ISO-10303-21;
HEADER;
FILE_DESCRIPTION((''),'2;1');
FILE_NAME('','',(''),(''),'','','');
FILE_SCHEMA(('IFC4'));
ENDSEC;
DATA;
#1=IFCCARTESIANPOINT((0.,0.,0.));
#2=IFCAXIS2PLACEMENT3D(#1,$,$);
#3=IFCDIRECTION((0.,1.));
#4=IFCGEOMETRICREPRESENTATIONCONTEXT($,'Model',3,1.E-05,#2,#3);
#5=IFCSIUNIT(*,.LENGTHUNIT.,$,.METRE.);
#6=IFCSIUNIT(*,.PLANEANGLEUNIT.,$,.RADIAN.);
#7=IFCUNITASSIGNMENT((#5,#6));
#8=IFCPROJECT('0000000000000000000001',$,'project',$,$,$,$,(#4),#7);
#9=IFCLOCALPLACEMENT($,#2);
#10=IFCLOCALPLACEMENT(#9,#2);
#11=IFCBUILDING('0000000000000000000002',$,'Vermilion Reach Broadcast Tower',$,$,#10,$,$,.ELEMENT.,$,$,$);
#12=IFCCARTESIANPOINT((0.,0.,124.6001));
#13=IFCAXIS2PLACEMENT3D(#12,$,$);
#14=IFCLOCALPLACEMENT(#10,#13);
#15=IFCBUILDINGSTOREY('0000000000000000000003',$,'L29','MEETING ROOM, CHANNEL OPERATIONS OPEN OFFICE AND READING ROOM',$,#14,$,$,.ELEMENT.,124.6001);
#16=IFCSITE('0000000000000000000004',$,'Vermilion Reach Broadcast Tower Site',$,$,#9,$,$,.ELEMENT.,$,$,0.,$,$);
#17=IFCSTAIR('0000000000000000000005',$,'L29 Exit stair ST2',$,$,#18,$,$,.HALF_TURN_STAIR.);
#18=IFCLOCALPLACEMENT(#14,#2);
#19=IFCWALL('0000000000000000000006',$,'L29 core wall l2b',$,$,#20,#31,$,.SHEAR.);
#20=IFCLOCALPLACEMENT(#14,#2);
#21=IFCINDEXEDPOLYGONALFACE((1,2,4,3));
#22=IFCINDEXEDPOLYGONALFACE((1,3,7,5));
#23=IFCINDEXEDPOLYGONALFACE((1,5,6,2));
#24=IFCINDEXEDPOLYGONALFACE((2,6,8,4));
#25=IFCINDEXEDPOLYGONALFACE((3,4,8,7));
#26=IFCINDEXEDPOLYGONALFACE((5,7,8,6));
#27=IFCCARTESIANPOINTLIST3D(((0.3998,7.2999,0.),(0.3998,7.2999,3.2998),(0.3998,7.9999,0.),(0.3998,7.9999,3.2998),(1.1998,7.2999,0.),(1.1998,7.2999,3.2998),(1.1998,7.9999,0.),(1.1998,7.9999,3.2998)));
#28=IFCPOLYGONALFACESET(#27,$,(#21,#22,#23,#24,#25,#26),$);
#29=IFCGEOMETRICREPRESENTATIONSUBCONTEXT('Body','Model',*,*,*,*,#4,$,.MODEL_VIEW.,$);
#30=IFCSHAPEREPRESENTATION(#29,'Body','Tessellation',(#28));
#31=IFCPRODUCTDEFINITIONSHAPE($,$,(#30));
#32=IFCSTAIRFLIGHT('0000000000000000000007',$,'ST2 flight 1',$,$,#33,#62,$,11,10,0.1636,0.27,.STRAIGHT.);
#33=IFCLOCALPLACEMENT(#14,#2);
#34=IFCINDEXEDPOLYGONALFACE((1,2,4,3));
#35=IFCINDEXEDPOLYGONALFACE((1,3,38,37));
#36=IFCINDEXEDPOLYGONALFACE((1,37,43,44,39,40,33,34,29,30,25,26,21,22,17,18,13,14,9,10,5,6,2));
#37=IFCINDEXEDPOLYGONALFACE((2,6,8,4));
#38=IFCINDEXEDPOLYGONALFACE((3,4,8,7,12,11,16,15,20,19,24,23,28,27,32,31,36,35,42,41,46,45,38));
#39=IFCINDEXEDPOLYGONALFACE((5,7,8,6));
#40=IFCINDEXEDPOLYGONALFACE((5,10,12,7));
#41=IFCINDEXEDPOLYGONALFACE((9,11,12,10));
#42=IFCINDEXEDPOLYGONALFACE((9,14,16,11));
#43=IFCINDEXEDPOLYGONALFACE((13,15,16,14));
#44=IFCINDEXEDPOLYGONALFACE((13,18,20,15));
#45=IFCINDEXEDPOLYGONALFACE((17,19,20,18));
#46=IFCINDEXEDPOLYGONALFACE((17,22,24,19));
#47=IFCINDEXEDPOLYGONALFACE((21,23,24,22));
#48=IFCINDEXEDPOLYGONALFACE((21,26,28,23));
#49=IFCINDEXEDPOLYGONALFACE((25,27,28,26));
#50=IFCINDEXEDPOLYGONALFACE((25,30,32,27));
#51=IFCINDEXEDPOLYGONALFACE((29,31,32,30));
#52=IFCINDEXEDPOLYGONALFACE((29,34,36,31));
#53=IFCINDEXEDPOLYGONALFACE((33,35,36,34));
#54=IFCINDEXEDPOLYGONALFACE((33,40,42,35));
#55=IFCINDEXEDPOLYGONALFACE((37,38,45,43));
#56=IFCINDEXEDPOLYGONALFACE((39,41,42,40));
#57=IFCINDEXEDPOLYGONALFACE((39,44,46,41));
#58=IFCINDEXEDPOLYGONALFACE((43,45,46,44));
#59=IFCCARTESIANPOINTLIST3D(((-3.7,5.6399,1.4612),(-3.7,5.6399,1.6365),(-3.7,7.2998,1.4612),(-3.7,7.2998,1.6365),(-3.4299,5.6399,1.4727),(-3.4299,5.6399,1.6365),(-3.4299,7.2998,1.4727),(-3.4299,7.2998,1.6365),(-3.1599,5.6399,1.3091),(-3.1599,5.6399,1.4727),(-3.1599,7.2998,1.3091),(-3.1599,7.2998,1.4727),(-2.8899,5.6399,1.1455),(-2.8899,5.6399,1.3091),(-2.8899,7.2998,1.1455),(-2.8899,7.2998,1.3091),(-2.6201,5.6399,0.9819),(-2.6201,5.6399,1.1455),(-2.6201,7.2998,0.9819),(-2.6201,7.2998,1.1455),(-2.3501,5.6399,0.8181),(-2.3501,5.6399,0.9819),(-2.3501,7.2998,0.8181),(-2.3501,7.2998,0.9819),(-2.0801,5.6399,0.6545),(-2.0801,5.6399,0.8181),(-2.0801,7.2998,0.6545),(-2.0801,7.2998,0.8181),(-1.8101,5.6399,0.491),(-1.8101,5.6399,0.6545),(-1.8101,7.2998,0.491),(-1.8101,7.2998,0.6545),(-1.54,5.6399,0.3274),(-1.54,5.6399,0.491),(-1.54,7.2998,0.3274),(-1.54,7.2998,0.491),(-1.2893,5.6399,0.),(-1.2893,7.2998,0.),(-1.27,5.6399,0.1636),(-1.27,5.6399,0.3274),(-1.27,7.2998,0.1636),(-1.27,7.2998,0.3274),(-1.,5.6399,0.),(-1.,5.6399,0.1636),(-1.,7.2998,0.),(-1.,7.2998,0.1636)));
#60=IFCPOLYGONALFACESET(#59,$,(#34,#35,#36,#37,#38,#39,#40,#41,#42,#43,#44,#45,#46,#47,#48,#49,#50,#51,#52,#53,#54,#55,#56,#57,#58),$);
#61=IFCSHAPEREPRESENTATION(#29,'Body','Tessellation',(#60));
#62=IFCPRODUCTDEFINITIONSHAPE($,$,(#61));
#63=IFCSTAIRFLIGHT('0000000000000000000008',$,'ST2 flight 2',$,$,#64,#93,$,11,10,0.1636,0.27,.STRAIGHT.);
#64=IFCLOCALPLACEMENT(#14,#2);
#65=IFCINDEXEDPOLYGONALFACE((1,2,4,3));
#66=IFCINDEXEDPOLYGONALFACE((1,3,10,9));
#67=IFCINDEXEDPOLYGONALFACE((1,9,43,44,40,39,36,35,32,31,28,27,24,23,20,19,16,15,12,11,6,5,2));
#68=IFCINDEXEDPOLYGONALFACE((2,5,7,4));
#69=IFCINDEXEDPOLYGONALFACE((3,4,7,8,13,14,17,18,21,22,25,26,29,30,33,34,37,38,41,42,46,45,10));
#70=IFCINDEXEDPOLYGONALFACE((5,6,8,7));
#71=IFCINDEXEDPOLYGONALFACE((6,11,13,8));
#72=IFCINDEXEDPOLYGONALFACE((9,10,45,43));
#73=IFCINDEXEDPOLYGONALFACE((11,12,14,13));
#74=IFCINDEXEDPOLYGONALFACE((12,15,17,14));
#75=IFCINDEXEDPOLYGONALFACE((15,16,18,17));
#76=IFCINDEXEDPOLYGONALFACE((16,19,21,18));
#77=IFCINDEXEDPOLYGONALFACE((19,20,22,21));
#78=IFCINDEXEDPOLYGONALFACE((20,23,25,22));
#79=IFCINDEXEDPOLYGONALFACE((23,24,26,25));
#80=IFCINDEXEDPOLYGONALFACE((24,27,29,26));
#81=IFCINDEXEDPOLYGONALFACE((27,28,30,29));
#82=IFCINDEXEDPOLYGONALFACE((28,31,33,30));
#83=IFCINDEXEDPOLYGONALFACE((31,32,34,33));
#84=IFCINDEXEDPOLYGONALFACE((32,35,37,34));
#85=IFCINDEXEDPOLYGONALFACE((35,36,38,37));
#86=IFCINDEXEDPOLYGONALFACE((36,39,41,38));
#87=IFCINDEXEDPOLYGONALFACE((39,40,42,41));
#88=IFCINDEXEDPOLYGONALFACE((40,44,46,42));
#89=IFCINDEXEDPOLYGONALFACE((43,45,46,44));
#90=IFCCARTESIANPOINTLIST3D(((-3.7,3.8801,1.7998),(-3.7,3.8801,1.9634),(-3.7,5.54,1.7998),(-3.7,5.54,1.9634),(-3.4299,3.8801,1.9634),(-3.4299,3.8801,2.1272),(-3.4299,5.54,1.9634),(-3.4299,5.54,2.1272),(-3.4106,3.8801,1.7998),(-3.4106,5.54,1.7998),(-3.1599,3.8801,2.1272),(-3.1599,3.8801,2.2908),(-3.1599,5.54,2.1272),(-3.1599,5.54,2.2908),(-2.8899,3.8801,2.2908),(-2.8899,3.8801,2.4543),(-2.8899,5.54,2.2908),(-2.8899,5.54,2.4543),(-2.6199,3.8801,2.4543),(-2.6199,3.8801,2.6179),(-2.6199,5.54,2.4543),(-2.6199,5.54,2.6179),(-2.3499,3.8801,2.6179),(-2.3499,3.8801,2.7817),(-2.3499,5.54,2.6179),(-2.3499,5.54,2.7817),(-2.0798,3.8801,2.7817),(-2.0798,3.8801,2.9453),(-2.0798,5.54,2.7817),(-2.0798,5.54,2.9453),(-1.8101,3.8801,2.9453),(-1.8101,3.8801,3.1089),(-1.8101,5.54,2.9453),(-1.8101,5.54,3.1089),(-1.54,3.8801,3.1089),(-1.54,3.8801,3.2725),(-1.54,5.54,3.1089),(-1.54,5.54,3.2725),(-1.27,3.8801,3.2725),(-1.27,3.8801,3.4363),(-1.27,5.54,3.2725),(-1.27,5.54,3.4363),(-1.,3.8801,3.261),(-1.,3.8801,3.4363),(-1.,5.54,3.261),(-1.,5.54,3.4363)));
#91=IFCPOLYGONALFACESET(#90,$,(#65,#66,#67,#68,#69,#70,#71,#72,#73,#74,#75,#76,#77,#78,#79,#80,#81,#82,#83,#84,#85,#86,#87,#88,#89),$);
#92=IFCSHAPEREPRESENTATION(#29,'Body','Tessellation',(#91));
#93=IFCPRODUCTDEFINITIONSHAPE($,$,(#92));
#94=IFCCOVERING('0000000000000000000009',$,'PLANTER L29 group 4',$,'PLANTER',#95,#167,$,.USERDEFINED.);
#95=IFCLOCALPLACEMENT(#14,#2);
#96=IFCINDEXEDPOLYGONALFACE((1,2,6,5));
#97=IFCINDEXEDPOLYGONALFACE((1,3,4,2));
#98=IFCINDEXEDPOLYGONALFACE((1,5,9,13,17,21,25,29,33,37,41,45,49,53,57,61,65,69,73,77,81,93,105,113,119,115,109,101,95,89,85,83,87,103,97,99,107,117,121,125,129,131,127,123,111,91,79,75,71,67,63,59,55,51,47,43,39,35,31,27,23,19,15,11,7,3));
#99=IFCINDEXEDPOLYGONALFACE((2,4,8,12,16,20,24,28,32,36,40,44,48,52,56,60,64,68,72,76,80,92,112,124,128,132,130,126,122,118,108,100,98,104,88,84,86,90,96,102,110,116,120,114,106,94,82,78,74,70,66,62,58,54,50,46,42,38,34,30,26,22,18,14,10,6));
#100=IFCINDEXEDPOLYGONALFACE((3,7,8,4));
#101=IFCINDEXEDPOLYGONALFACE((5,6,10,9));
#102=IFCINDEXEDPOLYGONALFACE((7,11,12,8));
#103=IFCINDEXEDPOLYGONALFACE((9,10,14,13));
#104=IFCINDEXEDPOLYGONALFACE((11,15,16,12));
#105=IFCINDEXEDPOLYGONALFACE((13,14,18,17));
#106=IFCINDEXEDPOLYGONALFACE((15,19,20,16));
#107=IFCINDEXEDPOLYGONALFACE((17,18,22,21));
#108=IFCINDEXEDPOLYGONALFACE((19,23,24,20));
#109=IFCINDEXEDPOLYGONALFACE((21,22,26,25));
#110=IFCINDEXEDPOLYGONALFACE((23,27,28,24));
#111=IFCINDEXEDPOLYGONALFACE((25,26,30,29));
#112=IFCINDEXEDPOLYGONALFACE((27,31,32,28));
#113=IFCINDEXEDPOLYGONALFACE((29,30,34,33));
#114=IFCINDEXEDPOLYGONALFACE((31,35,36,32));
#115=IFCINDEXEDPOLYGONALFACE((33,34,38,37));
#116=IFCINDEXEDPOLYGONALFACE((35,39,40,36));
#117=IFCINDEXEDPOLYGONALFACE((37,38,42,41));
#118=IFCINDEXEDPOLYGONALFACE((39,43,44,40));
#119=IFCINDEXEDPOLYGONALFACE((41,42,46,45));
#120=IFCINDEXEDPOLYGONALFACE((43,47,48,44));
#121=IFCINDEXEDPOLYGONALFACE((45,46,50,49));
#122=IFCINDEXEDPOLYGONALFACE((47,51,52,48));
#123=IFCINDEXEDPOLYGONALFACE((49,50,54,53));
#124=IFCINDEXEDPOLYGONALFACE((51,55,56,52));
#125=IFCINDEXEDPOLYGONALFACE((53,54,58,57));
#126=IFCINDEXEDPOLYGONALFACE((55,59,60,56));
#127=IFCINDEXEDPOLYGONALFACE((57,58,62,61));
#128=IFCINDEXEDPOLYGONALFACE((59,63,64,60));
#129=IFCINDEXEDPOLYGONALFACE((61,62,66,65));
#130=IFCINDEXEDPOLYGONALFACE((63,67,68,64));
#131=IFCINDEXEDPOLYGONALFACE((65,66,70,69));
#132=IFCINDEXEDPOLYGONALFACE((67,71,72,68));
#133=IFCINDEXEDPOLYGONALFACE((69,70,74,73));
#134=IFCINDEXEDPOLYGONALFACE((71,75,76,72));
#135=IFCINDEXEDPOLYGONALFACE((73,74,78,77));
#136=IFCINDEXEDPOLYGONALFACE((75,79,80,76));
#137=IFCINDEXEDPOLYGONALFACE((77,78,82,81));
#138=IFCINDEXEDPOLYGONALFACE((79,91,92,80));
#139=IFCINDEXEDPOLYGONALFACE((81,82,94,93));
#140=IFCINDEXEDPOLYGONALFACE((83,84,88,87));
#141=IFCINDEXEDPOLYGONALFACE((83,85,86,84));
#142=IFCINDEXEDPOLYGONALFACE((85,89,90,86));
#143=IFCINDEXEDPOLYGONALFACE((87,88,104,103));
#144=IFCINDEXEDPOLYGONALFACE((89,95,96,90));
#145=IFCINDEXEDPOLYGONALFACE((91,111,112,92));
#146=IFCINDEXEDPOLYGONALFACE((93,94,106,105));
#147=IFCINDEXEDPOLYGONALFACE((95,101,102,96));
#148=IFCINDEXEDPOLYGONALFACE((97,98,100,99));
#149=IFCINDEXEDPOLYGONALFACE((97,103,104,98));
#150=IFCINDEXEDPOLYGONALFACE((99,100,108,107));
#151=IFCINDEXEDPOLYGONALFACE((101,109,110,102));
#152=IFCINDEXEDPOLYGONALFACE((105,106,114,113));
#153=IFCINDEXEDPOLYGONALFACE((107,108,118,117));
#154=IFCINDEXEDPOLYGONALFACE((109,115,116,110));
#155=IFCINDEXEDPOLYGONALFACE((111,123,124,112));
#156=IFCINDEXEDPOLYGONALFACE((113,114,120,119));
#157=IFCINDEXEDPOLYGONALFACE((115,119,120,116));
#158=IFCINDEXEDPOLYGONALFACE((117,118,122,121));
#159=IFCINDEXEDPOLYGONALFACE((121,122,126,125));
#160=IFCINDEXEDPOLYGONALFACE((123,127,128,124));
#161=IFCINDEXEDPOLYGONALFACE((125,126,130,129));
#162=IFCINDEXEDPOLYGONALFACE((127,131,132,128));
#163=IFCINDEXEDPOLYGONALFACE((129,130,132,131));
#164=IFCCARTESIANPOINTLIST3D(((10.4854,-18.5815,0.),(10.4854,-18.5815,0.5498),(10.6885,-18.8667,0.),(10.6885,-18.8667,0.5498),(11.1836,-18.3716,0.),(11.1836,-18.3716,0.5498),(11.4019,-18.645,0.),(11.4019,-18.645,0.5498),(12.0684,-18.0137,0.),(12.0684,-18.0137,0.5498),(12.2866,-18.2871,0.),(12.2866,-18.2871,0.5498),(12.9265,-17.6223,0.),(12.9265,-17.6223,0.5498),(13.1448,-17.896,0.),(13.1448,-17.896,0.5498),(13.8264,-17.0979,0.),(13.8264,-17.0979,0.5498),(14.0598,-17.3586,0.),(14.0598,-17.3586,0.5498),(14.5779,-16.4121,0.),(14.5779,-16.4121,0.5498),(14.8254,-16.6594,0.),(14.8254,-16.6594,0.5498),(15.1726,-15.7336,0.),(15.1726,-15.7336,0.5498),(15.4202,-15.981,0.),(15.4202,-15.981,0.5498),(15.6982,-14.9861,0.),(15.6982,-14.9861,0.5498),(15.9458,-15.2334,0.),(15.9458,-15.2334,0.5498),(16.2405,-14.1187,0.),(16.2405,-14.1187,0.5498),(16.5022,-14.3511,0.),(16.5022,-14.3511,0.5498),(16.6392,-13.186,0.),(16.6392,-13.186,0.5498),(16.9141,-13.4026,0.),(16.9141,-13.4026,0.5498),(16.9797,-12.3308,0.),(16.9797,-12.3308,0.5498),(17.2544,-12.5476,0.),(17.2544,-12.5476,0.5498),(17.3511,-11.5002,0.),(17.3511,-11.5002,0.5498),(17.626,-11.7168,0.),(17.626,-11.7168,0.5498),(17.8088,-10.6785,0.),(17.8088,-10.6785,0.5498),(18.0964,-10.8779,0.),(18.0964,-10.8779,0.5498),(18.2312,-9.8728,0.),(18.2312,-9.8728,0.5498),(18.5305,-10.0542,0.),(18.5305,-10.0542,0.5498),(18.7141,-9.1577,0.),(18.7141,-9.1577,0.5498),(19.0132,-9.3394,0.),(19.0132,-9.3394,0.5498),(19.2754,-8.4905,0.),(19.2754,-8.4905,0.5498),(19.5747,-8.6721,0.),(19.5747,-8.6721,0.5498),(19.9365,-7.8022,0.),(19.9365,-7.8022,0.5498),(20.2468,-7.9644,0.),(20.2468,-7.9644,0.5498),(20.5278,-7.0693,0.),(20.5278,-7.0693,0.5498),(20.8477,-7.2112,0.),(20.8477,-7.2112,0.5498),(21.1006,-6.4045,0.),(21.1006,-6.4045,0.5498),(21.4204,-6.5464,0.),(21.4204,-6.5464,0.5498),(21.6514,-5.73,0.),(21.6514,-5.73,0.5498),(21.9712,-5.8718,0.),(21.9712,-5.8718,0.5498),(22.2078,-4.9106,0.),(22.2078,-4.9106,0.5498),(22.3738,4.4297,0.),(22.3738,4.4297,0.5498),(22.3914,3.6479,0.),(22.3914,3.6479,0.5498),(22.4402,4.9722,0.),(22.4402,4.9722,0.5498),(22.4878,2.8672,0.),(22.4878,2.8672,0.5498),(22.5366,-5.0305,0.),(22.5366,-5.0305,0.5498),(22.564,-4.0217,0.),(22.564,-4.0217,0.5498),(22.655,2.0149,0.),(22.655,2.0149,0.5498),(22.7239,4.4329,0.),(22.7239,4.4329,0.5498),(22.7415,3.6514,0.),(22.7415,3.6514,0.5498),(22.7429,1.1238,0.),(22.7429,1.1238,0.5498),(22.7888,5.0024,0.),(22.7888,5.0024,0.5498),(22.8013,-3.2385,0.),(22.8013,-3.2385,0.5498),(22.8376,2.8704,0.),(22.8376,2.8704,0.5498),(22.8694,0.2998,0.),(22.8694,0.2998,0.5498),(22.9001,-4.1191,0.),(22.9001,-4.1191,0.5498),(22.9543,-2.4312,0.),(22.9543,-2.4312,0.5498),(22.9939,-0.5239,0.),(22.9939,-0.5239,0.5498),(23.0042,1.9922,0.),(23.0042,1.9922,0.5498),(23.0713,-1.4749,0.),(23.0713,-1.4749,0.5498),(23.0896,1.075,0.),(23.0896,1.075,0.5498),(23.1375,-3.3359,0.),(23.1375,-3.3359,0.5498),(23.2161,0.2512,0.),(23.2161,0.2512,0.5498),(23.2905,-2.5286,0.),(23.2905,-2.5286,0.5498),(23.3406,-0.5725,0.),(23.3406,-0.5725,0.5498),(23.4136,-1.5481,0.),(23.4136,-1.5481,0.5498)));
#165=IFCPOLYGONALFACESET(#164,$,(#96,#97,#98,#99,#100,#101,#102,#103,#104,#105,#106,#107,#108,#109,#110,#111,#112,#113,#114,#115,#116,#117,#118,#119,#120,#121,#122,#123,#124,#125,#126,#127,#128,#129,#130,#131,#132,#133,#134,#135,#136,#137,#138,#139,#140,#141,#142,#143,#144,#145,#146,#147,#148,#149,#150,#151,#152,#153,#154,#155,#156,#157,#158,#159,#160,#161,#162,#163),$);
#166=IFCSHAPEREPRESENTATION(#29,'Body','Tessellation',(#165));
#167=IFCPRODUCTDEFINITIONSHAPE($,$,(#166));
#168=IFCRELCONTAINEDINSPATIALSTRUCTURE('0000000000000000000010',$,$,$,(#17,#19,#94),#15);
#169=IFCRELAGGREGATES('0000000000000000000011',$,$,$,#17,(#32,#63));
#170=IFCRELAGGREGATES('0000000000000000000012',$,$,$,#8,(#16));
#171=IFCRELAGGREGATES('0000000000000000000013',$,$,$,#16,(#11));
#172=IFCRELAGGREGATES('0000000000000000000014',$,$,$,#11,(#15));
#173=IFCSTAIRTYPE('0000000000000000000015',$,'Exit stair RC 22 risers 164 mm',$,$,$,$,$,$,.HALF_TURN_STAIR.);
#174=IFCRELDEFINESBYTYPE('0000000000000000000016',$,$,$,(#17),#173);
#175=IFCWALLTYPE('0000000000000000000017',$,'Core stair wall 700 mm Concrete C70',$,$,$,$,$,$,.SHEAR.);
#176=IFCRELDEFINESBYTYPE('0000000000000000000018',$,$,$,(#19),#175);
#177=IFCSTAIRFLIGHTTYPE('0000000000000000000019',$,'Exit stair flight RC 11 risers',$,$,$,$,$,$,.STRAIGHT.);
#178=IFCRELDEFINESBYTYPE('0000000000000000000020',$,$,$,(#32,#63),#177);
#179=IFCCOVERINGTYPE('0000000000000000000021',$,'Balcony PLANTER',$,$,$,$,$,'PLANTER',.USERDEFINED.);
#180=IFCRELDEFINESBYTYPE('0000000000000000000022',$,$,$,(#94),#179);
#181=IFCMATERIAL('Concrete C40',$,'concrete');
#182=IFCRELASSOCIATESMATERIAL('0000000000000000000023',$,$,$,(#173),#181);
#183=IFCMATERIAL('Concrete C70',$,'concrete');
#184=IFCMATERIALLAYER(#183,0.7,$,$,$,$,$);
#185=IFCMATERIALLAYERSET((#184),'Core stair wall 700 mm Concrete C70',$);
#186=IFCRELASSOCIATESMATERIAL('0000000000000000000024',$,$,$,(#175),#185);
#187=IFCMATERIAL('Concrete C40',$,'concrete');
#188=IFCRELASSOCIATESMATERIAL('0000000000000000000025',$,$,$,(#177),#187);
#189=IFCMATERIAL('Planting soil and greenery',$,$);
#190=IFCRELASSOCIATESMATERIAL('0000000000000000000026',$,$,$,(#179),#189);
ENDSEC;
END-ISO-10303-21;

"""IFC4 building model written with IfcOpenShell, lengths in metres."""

from ifc_helpers import new_model, si_unit, direction, frame, frame_2d, origin, place, context, subcontext, project, spatial, polyline, rectangle, outline, extrude, material, layer, layer_set, type_object, element, aggregate, save


model = new_model("IFC4")

# Units and contexts
model_context = context("Model", 3, precision=1e-05, world=origin(), true_north=direction((0.0, 1.0)))
body_context = subcontext(model_context, "Body", "Model", "MODEL_VIEW")
ifc_project = project(units=[si_unit("LENGTHUNIT", "METRE"), si_unit("PLANEANGLEUNIT", "RADIAN")], contexts=[model_context])

# Site, building, storey
site_placement = place(None, origin())
site = spatial("IfcSite", under=ifc_project, at=site_placement, Name="Vermilion Reach Broadcast Tower Site", CompositionType="ELEMENT", RefElevation=0.0)
building_placement = place(site_placement, origin())
building = spatial("IfcBuilding", under=site, at=building_placement, Name="Vermilion Reach Broadcast Tower", CompositionType="ELEMENT")
storey_placement = place(building_placement, frame((0.0, 0.0, 124.6001)))
storey = spatial("IfcBuildingStorey", under=building, at=storey_placement, Name="L29", Description="MEETING ROOM, CHANNEL OPERATIONS OPEN OFFICE AND READING ROOM", CompositionType="ELEMENT", Elevation=124.6001)

# Stair
ifc_material_1 = material(Name="Concrete C40", Category="concrete")
stair_type = type_object("IfcStairType", Name="Exit stair RC 22 risers 164 mm", PredefinedType="HALF_TURN_STAIR", material=ifc_material_1)
placement_1 = place(storey_placement, origin())
stair_1 = element("IfcStair", 1, at=placement_1, inside=storey, type_object=stair_type, Name="L29 Exit stair ST2", PredefinedType="HALF_TURN_STAIR")

# Wall
ifc_material_2 = material(Name="Concrete C70", Category="concrete")
ifc_layer_1 = layer(ifc_material_2, 0.7)
ifc_layer_set_1 = layer_set([ifc_layer_1], Name="Core stair wall 700 mm Concrete C70")
wall_type_1 = type_object("IfcWallType", Name="Core stair wall 700 mm Concrete C70", PredefinedType="SHEAR", material=ifc_layer_set_1)
wall_1_placement = place(storey_placement, frame((0.3999, 7.6499, 0.0), z_axis=(0.0, 0.0, 1.0), x_axis=(1.0, 0.0, 0.0)))
element("IfcWall", 2, at=wall_1_placement, inside=storey, type_object=wall_type_1, Name="L29 core wall l2b", PredefinedType="SHEAR", context=body_context, shape_type="SweptSolid", body=[
    extrude(rectangle(XDim=0.8, YDim=0.7, at=frame_2d((0.3999, 0.0))), origin(), (0.0, 0.0, 1.0), 3.2998),
])

# Stair flights
ifc_material_3 = material(Name="Concrete C40", Category="concrete")
stair_flight_type = type_object("IfcStairFlightType", Name="Exit stair flight RC 11 risers", PredefinedType="STRAIGHT", material=ifc_material_3)
stair_flight_1_placement = place(storey_placement, frame((-1.0, 6.47, 0.0), z_axis=(0.0, 0.0, 1.0), x_axis=(-1.0, 0.0, 0.0)))
stair_flight_1 = element("IfcStairFlight", 3, at=stair_flight_1_placement, type_object=stair_flight_type, Name="ST2 flight 1", NumberOfRisers=11, NumberOfTreads=10, PredefinedType="STRAIGHT", RiserHeight=0.1636, TreadLength=0.27, context=body_context, shape_type="SweptSolid", body=[
    extrude(outline(polyline([(0.0, 0.0), (0.0, 0.1636), (0.27, 0.1636), (0.27, 0.3274), (0.54, 0.3274), (0.54, 0.491), (0.8101, 0.491), (0.8101, 0.6545), (1.0801, 0.6545), (1.0801, 0.8181), (1.3501, 0.8181), (1.3501, 0.9819), (1.6201, 0.9819), (1.6201, 1.1455), (1.8899, 1.1455), (1.8899, 1.3091), (2.1599, 1.3091), (2.1599, 1.4727), (2.4299, 1.4727), (2.4299, 1.6365), (2.7, 1.6365), (2.7, 1.8), (2.7, 1.4612), (0.2893, 0.0), (0.0, 0.0)])), frame((0.0, 0.8301, 0.0), z_axis=(0.0, -1.0, 0.0), x_axis=(1.0, 0.0, 0.0)), (0.0, 0.0, 1.0), 1.6599),
])
stair_flight_2_placement = place(storey_placement, frame((-3.7, 4.71, 1.7998), z_axis=(0.0, 0.0, 1.0), x_axis=(1.0, 0.0, 0.0)))
stair_flight_2 = element("IfcStairFlight", 4, at=stair_flight_2_placement, type_object=stair_flight_type, Name="ST2 flight 2", NumberOfRisers=11, NumberOfTreads=10, PredefinedType="STRAIGHT", RiserHeight=0.1636, TreadLength=0.27, context=body_context, shape_type="SweptSolid", body=[
    extrude(outline(polyline([(0.0, 0.0), (0.0, 0.1636), (0.27, 0.1636), (0.27, 0.3274), (0.54, 0.3274), (0.54, 0.491), (0.8101, 0.491), (0.8101, 0.6545), (1.0801, 0.6545), (1.0801, 0.8181), (1.3501, 0.8181), (1.3501, 0.9819), (1.6201, 0.9819), (1.6201, 1.1455), (1.8899, 1.1455), (1.8899, 1.3091), (2.1599, 1.3091), (2.1599, 1.4727), (2.4299, 1.4727), (2.4299, 1.6365), (2.7, 1.6365), (2.7, 1.8), (2.7, 1.4612), (0.2893, 0.0), (0.0, 0.0)])), frame((0.0, 0.8301, 0.0), z_axis=(0.0, -1.0, 0.0), x_axis=(1.0, 0.0, 0.0)), (0.0, 0.0, 1.0), 1.6599),
])
aggregate(stair_1, [stair_flight_1, stair_flight_2])

# Covering
ifc_material_4 = material(Name="Planting soil and greenery")
covering_type = type_object("IfcCoveringType", Name="Balcony PLANTER", ElementType="PLANTER", PredefinedType="USERDEFINED", material=ifc_material_4)
element("IfcCovering", 5, at=placement_1, inside=storey, type_object=covering_type, Name="PLANTER L29 group 4", ObjectType="PLANTER", PredefinedType="USERDEFINED", context=body_context, shape_type="SweptSolid", body=[
    extrude(outline(polyline([(10.6885, -18.8667), (11.4019, -18.645), (12.2866, -18.2871), (13.1448, -17.896), (14.0598, -17.3586), (14.8254, -16.6594), (15.4202, -15.981), (15.9458, -15.2334), (16.5022, -14.3511), (16.9141, -13.4026), (17.2544, -12.5476), (17.626, -11.7168), (18.0964, -10.8779), (18.5305, -10.0542), (19.0132, -9.3394), (19.5747, -8.6721), (20.2468, -7.9644), (20.8477, -7.2112), (21.4204, -6.5464), (21.9712, -5.8718), (22.5366, -5.0305), (22.9001, -4.1191), (23.1375, -3.3359), (23.2905, -2.5286), (23.4136, -1.5481), (23.3406, -0.5725), (23.2161, 0.2512), (23.0896, 1.075), (23.0042, 1.9922), (22.8376, 2.8704), (22.7415, 3.6514), (22.7239, 4.4329), (22.7888, 5.0024), (22.4402, 4.9722), (22.3738, 4.4297), (22.3914, 3.6479), (22.4878, 2.8672), (22.655, 2.0149), (22.7429, 1.1238), (22.8694, 0.2998), (22.9939, -0.5239), (23.0713, -1.4749), (22.9543, -2.4312), (22.8013, -3.2385), (22.564, -4.0217), (22.2078, -4.9106), (21.6514, -5.73), (21.1006, -6.4045), (20.5278, -7.0693), (19.9365, -7.8022), (19.2754, -8.4905), (18.7141, -9.1577), (18.2312, -9.8728), (17.8088, -10.6785), (17.3511, -11.5002), (16.9797, -12.3308), (16.6392, -13.186), (16.2405, -14.1187), (15.6982, -14.9861), (15.1726, -15.7336), (14.5779, -16.4121), (13.8264, -17.0979), (12.9265, -17.6223), (12.0684, -18.0137), (11.1836, -18.3716), (10.4854, -18.5815), (10.6885, -18.8667)])), origin(), (0.0, 0.0, 1.0), 0.5498),
])

save(model, "model.ifc")
